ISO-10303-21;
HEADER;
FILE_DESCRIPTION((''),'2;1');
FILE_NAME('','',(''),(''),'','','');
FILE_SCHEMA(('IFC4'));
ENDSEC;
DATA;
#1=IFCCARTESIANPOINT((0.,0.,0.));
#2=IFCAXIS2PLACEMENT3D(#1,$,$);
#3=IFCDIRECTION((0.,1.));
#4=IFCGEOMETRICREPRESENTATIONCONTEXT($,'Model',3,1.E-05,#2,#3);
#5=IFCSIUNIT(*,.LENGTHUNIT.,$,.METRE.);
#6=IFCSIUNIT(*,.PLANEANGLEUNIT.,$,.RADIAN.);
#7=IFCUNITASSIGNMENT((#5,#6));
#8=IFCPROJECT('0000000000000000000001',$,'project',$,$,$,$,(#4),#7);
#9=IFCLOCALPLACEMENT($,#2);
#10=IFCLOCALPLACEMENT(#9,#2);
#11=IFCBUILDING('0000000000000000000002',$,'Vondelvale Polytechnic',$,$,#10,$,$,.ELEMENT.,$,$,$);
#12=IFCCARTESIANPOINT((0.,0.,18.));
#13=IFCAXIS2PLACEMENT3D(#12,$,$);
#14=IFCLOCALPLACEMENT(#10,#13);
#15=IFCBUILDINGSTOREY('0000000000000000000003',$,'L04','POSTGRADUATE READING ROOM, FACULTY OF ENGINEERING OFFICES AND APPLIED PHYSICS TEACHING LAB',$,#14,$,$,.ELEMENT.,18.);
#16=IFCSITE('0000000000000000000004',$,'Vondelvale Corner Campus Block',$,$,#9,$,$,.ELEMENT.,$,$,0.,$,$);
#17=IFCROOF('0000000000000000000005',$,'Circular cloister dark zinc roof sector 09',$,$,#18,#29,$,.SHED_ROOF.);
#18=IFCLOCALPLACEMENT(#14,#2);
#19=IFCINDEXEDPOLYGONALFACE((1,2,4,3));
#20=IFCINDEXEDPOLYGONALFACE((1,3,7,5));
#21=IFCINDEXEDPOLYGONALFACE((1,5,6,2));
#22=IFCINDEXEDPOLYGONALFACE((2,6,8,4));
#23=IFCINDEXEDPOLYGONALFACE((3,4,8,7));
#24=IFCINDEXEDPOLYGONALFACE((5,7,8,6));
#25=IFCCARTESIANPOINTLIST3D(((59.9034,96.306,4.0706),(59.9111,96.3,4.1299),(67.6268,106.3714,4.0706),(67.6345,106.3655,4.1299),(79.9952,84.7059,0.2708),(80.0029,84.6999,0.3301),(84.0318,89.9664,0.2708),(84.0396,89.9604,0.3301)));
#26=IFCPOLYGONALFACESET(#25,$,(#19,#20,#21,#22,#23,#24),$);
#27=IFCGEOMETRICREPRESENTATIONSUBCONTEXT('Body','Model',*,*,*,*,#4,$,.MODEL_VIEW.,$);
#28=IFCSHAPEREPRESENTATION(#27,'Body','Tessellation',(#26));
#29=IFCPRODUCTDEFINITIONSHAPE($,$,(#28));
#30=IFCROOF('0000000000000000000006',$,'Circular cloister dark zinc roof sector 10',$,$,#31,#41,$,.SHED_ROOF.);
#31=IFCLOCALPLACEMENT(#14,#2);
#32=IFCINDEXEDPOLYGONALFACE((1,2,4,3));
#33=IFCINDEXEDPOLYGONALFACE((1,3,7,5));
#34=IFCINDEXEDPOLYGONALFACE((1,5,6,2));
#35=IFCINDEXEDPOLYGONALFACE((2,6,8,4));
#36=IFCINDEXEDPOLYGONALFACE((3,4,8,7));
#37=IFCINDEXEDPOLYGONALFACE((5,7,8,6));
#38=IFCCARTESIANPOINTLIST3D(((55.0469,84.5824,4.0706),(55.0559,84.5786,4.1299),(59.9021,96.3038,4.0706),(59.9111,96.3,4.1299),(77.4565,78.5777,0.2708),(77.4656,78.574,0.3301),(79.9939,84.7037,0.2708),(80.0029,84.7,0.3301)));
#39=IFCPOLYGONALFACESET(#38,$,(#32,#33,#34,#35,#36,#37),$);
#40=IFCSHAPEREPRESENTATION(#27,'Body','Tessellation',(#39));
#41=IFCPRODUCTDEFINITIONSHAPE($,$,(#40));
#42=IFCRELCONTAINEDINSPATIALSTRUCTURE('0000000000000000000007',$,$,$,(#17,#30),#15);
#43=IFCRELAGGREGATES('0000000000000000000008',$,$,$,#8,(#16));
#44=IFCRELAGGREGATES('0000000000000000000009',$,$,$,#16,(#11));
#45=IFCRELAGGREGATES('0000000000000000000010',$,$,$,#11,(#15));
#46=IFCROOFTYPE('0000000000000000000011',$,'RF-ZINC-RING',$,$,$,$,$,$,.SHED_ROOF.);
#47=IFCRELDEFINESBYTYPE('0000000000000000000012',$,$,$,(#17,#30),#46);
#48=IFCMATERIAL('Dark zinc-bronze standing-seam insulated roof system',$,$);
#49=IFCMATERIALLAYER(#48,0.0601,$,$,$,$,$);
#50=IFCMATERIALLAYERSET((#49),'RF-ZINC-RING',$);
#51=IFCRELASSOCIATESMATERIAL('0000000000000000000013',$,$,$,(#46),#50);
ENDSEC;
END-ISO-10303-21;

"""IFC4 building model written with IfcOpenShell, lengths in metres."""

from ifc_helpers import new_model, si_unit, direction, frame, origin, place, context, subcontext, project, spatial, polyline, outline, extrude, material, layer, layer_set, type_object, element, save


model = new_model("IFC4")

# Units and contexts
model_context = context("Model", 3, precision=1e-05, world=origin(), true_north=direction((0.0, 1.0)))
body_context = subcontext(model_context, "Body", "Model", "MODEL_VIEW")
ifc_project = project(units=[si_unit("LENGTHUNIT", "METRE"), si_unit("PLANEANGLEUNIT", "RADIAN")], contexts=[model_context])

# Site, building, storey
site_placement = place(None, origin())
site = spatial("IfcSite", under=ifc_project, at=site_placement, Name="Vondelvale Corner Campus Block", CompositionType="ELEMENT", RefElevation=0.0)
building_placement = place(site_placement, origin())
building = spatial("IfcBuilding", under=site, at=building_placement, Name="Vondelvale Polytechnic", CompositionType="ELEMENT")
storey_placement = place(building_placement, frame((0.0, 0.0, 18.0)))
storey = spatial("IfcBuildingStorey", under=building, at=storey_placement, Name="L04", Description="POSTGRADUATE READING ROOM, FACULTY OF ENGINEERING OFFICES AND APPLIED PHYSICS TEACHING LAB", CompositionType="ELEMENT", Elevation=18.0)

# Roofs
ifc_material_1 = material(Name="Dark zinc-bronze standing-seam insulated roof system")
ifc_layer_1 = layer(ifc_material_1, 0.0601)
ifc_layer_set_1 = layer_set([ifc_layer_1], Name="RF-ZINC-RING")
roof_type = type_object("IfcRoofType", Name="RF-ZINC-RING", PredefinedType="SHED_ROOF", material=ifc_layer_set_1)
for number, where, z_axis, x_axis, name in (
    (1, (84.0396, 89.9604, 0.3301), (0.129307, -0.099221, 0.986628), (-0.697809, 0.697809, 0.16163), "Circular cloister dark zinc roof sector 09"),
):
    element("IfcRoof", number, at=place(storey_placement, frame(where, z_axis=z_axis, x_axis=x_axis)), inside=storey, type_object=roof_type, Name=name, PredefinedType="SHED_ROOF", context=body_context, shape_type="SweptSolid", body=[
        extrude(outline(polyline([(0.0, 0.0), (23.5093, 0.0), (21.875, 12.5814), (-0.854, 6.5755), (0.0, 0.0)])), origin(), (0.0, 0.0, -1.0), 0.0601),
    ])
roof_placement = place(storey_placement, frame((80.0029, 84.7, 0.3301), z_axis=(0.150582, -0.062372, 0.986628), x_axis=(-0.854637, 0.493429, 0.16163)))
element("IfcRoof", 2, at=roof_placement, inside=storey, type_object=roof_type, Name="Circular cloister dark zinc roof sector 10", PredefinedType="SHED_ROOF", context=body_context, shape_type="SweptSolid", body=[
    extrude(outline(polyline([(0.0, 0.0), (23.5092, 0.0), (21.8749, 12.5815), (-0.8542, 6.5754), (0.0, 0.0)])), origin(), (0.0, 0.0, -1.0), 0.0601),
])

save(model, "model.ifc")
